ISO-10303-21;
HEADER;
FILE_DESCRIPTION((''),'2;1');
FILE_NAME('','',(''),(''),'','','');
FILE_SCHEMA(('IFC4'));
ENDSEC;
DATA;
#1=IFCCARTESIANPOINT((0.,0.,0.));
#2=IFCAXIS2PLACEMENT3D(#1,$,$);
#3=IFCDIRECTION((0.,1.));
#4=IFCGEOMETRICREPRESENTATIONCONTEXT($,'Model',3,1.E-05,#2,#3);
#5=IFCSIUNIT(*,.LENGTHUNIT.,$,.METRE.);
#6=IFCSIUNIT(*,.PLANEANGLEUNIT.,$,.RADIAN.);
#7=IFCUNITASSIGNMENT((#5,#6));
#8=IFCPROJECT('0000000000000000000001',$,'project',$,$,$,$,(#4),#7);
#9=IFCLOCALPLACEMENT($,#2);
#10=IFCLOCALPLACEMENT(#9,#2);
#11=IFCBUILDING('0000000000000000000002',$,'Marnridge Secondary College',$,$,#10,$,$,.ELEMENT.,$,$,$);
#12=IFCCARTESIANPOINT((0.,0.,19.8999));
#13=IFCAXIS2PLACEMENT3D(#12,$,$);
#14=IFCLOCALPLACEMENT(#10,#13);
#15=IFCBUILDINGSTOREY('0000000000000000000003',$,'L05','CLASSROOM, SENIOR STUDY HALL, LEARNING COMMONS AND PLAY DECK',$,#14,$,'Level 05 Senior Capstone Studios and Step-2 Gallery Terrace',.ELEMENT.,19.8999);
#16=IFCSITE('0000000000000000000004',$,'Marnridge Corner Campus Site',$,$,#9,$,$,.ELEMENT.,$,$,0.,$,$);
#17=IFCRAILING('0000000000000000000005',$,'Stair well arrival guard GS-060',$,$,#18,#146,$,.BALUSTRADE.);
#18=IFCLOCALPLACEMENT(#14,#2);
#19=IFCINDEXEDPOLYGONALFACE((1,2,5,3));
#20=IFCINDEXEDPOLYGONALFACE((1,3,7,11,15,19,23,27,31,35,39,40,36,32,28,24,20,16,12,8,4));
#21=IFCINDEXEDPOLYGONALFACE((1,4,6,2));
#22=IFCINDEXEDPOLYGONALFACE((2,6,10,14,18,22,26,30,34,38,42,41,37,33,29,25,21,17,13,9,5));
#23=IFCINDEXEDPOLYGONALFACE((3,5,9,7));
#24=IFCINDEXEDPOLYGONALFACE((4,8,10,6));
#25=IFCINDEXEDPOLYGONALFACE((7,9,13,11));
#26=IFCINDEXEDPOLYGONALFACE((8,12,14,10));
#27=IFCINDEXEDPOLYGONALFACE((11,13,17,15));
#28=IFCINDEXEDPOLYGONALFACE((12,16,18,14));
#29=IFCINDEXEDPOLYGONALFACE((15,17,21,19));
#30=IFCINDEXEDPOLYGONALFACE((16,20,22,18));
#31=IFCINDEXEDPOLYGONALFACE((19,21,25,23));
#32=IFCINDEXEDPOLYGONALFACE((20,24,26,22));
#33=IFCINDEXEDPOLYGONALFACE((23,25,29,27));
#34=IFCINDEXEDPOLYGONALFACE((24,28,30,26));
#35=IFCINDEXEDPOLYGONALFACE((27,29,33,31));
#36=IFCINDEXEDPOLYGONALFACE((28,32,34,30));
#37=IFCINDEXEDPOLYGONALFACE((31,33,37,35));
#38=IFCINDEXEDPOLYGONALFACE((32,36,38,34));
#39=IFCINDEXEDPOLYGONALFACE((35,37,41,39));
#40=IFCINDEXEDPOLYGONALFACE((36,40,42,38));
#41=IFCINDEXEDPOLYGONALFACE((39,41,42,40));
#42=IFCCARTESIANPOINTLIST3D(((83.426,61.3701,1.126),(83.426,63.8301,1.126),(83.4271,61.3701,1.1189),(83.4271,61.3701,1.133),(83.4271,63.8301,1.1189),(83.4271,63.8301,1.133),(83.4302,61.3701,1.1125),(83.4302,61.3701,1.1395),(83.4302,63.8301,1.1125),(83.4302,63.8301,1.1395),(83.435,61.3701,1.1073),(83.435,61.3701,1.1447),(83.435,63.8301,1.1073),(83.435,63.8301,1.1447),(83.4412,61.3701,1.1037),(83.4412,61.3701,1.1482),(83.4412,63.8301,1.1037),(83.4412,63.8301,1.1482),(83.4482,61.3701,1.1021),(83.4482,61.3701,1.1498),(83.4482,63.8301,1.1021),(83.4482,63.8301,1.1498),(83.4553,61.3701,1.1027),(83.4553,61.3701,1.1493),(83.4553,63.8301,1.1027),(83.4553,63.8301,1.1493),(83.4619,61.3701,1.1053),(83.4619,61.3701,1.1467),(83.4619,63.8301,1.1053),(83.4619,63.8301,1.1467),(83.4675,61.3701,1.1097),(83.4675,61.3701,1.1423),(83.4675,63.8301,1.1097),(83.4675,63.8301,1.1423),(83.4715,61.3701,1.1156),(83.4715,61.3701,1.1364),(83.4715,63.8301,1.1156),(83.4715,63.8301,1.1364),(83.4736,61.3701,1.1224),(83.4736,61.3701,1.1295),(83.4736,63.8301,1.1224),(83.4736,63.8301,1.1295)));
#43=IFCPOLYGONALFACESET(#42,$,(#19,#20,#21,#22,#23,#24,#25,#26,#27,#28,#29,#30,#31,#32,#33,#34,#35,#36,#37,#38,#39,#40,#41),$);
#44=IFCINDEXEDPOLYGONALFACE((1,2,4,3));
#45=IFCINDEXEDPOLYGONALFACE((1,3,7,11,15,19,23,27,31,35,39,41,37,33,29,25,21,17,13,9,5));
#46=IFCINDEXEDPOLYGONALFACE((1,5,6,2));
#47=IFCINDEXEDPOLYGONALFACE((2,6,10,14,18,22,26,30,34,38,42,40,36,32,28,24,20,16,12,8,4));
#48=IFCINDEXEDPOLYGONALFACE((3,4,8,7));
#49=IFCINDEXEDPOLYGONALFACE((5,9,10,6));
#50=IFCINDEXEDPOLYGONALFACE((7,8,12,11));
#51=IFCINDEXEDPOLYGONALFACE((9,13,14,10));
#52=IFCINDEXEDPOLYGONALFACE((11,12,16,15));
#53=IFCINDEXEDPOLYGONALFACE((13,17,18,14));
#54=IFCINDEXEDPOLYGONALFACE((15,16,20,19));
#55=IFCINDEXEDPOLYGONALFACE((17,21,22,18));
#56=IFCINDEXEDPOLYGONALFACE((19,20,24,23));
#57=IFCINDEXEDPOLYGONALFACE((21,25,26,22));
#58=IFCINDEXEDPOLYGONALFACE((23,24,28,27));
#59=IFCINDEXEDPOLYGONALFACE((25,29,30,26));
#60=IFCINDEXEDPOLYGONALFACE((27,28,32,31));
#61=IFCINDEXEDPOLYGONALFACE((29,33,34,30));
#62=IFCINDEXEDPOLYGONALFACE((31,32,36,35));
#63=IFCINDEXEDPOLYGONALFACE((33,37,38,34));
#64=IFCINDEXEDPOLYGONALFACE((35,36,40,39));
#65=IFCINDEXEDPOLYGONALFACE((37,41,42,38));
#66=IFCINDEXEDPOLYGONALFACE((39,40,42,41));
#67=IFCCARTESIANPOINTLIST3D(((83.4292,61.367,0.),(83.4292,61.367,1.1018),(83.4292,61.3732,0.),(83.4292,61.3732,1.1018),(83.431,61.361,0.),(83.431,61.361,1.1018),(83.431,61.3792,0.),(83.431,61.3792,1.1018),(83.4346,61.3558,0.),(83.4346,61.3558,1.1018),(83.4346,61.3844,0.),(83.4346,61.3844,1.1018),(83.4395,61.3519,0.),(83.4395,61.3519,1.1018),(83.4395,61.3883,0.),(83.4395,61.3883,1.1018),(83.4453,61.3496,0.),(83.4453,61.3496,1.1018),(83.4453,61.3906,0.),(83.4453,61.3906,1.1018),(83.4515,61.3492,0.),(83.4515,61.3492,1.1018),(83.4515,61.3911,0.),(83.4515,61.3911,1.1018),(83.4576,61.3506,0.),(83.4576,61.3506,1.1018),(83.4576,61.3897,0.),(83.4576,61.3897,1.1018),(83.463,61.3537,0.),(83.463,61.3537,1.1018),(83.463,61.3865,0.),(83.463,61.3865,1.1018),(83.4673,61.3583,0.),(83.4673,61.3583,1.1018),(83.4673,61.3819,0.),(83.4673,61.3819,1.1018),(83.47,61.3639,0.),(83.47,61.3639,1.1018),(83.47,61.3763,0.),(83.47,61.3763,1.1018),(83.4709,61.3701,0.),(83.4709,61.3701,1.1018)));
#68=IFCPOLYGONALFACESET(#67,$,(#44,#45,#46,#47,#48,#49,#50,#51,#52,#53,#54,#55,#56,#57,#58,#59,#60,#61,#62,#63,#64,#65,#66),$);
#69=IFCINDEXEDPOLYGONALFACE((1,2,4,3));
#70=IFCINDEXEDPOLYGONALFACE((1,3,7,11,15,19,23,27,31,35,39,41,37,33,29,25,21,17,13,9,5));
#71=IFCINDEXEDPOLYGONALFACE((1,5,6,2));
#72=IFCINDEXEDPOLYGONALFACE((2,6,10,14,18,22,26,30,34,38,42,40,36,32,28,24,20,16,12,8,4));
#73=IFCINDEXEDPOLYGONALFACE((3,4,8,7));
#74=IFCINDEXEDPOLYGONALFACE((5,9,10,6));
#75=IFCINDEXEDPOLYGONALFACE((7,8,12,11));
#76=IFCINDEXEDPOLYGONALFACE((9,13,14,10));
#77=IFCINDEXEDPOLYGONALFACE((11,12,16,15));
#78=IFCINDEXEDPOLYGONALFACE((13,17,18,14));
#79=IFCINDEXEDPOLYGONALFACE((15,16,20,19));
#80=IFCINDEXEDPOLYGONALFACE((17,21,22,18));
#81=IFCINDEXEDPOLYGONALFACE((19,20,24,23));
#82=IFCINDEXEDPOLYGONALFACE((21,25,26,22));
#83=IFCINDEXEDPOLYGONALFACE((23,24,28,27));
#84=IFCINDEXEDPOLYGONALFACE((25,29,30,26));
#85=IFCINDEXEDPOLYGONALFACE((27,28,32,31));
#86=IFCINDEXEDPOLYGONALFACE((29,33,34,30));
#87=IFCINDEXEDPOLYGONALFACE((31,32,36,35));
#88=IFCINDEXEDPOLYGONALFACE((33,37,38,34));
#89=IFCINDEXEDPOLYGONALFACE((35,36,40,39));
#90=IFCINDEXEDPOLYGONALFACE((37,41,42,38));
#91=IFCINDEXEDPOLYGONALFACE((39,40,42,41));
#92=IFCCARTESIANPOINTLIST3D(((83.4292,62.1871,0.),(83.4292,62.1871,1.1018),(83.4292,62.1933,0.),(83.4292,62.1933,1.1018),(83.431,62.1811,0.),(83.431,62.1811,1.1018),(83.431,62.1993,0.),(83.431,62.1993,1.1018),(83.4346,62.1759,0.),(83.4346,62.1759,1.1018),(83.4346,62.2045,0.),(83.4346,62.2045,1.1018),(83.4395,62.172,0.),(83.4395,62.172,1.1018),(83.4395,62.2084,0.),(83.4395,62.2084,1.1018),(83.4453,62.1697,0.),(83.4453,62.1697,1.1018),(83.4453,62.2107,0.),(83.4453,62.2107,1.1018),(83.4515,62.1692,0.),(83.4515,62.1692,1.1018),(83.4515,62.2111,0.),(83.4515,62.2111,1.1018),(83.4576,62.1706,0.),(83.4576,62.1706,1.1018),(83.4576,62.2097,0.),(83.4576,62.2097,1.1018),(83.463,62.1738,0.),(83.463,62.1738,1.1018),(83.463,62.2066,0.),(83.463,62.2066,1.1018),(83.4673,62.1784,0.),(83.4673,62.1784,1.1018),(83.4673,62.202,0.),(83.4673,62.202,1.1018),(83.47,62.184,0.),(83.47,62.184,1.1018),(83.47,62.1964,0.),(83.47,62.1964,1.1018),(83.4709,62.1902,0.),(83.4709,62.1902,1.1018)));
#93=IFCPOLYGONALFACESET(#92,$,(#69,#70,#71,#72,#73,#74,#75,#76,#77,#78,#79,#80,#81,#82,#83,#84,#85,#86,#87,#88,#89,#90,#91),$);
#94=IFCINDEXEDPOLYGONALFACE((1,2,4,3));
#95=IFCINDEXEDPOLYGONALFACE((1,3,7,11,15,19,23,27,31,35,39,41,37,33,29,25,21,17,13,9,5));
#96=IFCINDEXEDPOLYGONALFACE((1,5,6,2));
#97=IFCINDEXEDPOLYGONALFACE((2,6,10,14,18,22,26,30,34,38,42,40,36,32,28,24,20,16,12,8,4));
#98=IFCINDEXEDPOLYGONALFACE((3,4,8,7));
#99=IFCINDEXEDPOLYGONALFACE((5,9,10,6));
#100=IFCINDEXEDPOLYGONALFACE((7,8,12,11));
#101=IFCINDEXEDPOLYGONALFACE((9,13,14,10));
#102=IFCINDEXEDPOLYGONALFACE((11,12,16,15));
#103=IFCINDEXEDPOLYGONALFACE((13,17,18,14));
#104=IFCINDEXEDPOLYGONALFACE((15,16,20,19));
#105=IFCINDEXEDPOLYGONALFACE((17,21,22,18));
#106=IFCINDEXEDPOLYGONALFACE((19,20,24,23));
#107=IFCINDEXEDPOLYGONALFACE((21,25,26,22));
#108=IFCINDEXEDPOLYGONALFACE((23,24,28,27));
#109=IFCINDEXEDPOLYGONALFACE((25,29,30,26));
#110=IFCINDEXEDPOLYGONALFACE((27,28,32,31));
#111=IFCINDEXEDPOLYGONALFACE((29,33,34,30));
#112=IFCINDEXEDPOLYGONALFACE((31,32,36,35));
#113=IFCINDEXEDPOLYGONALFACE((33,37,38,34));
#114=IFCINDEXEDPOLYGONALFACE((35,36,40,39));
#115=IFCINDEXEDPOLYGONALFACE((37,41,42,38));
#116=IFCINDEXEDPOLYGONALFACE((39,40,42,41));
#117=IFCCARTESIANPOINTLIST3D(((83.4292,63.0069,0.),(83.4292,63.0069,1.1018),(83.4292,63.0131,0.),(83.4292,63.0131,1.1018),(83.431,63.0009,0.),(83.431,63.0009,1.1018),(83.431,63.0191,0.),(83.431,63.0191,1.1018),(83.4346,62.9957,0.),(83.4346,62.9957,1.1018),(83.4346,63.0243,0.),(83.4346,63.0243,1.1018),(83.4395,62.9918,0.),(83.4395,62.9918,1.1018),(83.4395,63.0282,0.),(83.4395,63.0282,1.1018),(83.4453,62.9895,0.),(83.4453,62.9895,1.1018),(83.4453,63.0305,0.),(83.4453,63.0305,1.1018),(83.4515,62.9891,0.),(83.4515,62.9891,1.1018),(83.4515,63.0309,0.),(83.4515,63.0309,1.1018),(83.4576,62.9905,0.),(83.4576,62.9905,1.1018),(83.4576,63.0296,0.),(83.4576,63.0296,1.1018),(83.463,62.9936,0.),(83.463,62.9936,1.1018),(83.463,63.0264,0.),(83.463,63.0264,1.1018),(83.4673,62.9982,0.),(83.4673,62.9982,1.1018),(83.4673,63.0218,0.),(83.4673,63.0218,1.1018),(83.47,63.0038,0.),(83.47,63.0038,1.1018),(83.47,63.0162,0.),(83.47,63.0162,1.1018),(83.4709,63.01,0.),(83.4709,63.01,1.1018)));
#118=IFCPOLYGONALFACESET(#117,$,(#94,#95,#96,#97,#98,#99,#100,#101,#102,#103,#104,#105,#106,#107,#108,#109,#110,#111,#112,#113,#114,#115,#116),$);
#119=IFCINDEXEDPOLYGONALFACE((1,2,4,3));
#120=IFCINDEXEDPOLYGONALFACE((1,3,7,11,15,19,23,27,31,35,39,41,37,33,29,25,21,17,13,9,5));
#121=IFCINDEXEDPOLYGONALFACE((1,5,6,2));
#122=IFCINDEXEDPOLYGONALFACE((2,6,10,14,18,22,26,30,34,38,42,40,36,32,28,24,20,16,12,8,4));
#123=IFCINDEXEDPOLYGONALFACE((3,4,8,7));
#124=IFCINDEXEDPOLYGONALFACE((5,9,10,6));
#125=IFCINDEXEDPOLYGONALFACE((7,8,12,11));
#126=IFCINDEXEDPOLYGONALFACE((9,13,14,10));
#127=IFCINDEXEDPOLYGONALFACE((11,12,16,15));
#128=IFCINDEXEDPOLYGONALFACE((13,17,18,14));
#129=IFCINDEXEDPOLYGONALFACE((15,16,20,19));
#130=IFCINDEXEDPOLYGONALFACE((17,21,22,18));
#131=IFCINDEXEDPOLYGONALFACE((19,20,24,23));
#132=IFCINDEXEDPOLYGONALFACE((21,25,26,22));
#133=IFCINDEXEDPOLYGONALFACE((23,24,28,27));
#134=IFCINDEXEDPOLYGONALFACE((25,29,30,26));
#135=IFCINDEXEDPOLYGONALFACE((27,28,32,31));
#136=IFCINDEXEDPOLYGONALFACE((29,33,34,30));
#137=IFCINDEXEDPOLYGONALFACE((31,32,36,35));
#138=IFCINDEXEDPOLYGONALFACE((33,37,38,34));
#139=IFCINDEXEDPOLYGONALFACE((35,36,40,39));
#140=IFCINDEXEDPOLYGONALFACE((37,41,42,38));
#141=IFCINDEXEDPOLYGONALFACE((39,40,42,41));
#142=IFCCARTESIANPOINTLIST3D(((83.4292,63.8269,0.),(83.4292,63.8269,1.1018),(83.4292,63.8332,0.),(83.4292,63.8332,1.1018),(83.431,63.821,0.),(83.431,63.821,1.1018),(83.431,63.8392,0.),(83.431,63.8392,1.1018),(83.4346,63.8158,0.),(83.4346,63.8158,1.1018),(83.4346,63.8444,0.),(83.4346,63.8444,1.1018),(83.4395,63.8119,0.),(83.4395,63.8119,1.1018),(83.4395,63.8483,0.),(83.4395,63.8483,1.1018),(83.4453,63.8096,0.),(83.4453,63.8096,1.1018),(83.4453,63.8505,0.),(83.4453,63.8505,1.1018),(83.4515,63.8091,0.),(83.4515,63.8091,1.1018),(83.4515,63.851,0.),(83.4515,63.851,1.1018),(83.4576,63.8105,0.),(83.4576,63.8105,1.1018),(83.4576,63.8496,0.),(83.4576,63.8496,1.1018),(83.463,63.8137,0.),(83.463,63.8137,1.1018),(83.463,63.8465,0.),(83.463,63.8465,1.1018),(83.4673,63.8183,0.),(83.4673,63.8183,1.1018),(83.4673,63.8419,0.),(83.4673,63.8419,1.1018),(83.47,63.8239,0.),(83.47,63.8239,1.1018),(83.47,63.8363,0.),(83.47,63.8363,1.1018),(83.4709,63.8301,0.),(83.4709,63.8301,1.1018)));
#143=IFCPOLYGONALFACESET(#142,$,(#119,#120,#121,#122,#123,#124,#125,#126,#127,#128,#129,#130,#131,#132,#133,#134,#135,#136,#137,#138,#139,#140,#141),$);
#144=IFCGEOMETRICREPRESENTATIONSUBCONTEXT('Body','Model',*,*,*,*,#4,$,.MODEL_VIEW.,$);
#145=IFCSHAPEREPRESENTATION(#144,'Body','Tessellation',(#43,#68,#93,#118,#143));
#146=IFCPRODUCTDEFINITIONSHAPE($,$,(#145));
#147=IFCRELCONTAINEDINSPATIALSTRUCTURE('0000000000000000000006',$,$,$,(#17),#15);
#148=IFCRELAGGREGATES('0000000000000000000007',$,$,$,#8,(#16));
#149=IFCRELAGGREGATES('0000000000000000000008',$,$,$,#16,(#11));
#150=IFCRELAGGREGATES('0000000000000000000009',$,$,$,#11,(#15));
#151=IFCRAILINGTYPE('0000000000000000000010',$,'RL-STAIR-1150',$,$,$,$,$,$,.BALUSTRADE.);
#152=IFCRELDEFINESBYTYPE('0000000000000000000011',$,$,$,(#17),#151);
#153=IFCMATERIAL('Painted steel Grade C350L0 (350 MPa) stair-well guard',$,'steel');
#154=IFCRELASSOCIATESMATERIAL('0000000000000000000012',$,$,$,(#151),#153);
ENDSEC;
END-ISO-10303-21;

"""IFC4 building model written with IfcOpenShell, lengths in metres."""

from ifc_helpers import new_model, si_unit, direction, frame, origin, origin_2d, place, context, subcontext, project, spatial, circle, extrude, material, type_object, element, save


model = new_model("IFC4")

# Units and contexts
model_context = context("Model", 3, precision=1e-05, world=origin(), true_north=direction((0.0, 1.0)))
body_context = subcontext(model_context, "Body", "Model", "MODEL_VIEW")
ifc_project = project(units=[si_unit("LENGTHUNIT", "METRE"), si_unit("PLANEANGLEUNIT", "RADIAN")], contexts=[model_context])

# Site, building, storey
site_placement = place(None, origin())
site = spatial("IfcSite", under=ifc_project, at=site_placement, Name="Marnridge Corner Campus Site", CompositionType="ELEMENT", RefElevation=0.0)
building_placement = place(site_placement, origin())
building = spatial("IfcBuilding", under=site, at=building_placement, Name="Marnridge Secondary College", CompositionType="ELEMENT")
storey_placement = place(building_placement, frame((0.0, 0.0, 19.8999)))
storey = spatial("IfcBuildingStorey", under=building, at=storey_placement, Name="L05", Description="CLASSROOM, SENIOR STUDY HALL, LEARNING COMMONS AND PLAY DECK", LongName="Level 05 Senior Capstone Studios and Step-2 Gallery Terrace", CompositionType="ELEMENT", Elevation=19.8999)

# Railing
ifc_material_1 = material(Name="Painted steel Grade C350L0 (350 MPa) stair-well guard", Category="steel")
railing_type_1 = type_object("IfcRailingType", Name="RL-STAIR-1150", PredefinedType="BALUSTRADE", material=ifc_material_1)
railing_1_placement = place(storey_placement, frame((83.45, 61.3701, 0.0)))
element("IfcRailing", 1, at=railing_1_placement, inside=storey, type_object=railing_type_1, Name="Stair well arrival guard GS-060", PredefinedType="BALUSTRADE", context=body_context, shape_type="SweptSolid", body=[
    extrude(circle(Radius=0.0239, at=origin_2d()), frame((0.0, 0.0, 1.126), z_axis=(0.0, 1.0, 0.0), x_axis=(-1.0, 0.0, 0.0)), (0.0, 0.0, 1.0), 2.46),
    extrude(circle(Radius=0.021, at=origin_2d()), origin(), (0.0, 0.0, 1.0), 1.1018),
    extrude(circle(Radius=0.021, at=origin_2d()), frame((0.0, 0.8201, 0.0)), (0.0, 0.0, 1.0), 1.1018),
    extrude(circle(Radius=0.021, at=origin_2d()), frame((0.0, 1.6399, 0.0)), (0.0, 0.0, 1.0), 1.1018),
    extrude(circle(Radius=0.021, at=origin_2d()), frame((0.0, 2.46, 0.0)), (0.0, 0.0, 1.0), 1.1018),
])

save(model, "model.ifc")
